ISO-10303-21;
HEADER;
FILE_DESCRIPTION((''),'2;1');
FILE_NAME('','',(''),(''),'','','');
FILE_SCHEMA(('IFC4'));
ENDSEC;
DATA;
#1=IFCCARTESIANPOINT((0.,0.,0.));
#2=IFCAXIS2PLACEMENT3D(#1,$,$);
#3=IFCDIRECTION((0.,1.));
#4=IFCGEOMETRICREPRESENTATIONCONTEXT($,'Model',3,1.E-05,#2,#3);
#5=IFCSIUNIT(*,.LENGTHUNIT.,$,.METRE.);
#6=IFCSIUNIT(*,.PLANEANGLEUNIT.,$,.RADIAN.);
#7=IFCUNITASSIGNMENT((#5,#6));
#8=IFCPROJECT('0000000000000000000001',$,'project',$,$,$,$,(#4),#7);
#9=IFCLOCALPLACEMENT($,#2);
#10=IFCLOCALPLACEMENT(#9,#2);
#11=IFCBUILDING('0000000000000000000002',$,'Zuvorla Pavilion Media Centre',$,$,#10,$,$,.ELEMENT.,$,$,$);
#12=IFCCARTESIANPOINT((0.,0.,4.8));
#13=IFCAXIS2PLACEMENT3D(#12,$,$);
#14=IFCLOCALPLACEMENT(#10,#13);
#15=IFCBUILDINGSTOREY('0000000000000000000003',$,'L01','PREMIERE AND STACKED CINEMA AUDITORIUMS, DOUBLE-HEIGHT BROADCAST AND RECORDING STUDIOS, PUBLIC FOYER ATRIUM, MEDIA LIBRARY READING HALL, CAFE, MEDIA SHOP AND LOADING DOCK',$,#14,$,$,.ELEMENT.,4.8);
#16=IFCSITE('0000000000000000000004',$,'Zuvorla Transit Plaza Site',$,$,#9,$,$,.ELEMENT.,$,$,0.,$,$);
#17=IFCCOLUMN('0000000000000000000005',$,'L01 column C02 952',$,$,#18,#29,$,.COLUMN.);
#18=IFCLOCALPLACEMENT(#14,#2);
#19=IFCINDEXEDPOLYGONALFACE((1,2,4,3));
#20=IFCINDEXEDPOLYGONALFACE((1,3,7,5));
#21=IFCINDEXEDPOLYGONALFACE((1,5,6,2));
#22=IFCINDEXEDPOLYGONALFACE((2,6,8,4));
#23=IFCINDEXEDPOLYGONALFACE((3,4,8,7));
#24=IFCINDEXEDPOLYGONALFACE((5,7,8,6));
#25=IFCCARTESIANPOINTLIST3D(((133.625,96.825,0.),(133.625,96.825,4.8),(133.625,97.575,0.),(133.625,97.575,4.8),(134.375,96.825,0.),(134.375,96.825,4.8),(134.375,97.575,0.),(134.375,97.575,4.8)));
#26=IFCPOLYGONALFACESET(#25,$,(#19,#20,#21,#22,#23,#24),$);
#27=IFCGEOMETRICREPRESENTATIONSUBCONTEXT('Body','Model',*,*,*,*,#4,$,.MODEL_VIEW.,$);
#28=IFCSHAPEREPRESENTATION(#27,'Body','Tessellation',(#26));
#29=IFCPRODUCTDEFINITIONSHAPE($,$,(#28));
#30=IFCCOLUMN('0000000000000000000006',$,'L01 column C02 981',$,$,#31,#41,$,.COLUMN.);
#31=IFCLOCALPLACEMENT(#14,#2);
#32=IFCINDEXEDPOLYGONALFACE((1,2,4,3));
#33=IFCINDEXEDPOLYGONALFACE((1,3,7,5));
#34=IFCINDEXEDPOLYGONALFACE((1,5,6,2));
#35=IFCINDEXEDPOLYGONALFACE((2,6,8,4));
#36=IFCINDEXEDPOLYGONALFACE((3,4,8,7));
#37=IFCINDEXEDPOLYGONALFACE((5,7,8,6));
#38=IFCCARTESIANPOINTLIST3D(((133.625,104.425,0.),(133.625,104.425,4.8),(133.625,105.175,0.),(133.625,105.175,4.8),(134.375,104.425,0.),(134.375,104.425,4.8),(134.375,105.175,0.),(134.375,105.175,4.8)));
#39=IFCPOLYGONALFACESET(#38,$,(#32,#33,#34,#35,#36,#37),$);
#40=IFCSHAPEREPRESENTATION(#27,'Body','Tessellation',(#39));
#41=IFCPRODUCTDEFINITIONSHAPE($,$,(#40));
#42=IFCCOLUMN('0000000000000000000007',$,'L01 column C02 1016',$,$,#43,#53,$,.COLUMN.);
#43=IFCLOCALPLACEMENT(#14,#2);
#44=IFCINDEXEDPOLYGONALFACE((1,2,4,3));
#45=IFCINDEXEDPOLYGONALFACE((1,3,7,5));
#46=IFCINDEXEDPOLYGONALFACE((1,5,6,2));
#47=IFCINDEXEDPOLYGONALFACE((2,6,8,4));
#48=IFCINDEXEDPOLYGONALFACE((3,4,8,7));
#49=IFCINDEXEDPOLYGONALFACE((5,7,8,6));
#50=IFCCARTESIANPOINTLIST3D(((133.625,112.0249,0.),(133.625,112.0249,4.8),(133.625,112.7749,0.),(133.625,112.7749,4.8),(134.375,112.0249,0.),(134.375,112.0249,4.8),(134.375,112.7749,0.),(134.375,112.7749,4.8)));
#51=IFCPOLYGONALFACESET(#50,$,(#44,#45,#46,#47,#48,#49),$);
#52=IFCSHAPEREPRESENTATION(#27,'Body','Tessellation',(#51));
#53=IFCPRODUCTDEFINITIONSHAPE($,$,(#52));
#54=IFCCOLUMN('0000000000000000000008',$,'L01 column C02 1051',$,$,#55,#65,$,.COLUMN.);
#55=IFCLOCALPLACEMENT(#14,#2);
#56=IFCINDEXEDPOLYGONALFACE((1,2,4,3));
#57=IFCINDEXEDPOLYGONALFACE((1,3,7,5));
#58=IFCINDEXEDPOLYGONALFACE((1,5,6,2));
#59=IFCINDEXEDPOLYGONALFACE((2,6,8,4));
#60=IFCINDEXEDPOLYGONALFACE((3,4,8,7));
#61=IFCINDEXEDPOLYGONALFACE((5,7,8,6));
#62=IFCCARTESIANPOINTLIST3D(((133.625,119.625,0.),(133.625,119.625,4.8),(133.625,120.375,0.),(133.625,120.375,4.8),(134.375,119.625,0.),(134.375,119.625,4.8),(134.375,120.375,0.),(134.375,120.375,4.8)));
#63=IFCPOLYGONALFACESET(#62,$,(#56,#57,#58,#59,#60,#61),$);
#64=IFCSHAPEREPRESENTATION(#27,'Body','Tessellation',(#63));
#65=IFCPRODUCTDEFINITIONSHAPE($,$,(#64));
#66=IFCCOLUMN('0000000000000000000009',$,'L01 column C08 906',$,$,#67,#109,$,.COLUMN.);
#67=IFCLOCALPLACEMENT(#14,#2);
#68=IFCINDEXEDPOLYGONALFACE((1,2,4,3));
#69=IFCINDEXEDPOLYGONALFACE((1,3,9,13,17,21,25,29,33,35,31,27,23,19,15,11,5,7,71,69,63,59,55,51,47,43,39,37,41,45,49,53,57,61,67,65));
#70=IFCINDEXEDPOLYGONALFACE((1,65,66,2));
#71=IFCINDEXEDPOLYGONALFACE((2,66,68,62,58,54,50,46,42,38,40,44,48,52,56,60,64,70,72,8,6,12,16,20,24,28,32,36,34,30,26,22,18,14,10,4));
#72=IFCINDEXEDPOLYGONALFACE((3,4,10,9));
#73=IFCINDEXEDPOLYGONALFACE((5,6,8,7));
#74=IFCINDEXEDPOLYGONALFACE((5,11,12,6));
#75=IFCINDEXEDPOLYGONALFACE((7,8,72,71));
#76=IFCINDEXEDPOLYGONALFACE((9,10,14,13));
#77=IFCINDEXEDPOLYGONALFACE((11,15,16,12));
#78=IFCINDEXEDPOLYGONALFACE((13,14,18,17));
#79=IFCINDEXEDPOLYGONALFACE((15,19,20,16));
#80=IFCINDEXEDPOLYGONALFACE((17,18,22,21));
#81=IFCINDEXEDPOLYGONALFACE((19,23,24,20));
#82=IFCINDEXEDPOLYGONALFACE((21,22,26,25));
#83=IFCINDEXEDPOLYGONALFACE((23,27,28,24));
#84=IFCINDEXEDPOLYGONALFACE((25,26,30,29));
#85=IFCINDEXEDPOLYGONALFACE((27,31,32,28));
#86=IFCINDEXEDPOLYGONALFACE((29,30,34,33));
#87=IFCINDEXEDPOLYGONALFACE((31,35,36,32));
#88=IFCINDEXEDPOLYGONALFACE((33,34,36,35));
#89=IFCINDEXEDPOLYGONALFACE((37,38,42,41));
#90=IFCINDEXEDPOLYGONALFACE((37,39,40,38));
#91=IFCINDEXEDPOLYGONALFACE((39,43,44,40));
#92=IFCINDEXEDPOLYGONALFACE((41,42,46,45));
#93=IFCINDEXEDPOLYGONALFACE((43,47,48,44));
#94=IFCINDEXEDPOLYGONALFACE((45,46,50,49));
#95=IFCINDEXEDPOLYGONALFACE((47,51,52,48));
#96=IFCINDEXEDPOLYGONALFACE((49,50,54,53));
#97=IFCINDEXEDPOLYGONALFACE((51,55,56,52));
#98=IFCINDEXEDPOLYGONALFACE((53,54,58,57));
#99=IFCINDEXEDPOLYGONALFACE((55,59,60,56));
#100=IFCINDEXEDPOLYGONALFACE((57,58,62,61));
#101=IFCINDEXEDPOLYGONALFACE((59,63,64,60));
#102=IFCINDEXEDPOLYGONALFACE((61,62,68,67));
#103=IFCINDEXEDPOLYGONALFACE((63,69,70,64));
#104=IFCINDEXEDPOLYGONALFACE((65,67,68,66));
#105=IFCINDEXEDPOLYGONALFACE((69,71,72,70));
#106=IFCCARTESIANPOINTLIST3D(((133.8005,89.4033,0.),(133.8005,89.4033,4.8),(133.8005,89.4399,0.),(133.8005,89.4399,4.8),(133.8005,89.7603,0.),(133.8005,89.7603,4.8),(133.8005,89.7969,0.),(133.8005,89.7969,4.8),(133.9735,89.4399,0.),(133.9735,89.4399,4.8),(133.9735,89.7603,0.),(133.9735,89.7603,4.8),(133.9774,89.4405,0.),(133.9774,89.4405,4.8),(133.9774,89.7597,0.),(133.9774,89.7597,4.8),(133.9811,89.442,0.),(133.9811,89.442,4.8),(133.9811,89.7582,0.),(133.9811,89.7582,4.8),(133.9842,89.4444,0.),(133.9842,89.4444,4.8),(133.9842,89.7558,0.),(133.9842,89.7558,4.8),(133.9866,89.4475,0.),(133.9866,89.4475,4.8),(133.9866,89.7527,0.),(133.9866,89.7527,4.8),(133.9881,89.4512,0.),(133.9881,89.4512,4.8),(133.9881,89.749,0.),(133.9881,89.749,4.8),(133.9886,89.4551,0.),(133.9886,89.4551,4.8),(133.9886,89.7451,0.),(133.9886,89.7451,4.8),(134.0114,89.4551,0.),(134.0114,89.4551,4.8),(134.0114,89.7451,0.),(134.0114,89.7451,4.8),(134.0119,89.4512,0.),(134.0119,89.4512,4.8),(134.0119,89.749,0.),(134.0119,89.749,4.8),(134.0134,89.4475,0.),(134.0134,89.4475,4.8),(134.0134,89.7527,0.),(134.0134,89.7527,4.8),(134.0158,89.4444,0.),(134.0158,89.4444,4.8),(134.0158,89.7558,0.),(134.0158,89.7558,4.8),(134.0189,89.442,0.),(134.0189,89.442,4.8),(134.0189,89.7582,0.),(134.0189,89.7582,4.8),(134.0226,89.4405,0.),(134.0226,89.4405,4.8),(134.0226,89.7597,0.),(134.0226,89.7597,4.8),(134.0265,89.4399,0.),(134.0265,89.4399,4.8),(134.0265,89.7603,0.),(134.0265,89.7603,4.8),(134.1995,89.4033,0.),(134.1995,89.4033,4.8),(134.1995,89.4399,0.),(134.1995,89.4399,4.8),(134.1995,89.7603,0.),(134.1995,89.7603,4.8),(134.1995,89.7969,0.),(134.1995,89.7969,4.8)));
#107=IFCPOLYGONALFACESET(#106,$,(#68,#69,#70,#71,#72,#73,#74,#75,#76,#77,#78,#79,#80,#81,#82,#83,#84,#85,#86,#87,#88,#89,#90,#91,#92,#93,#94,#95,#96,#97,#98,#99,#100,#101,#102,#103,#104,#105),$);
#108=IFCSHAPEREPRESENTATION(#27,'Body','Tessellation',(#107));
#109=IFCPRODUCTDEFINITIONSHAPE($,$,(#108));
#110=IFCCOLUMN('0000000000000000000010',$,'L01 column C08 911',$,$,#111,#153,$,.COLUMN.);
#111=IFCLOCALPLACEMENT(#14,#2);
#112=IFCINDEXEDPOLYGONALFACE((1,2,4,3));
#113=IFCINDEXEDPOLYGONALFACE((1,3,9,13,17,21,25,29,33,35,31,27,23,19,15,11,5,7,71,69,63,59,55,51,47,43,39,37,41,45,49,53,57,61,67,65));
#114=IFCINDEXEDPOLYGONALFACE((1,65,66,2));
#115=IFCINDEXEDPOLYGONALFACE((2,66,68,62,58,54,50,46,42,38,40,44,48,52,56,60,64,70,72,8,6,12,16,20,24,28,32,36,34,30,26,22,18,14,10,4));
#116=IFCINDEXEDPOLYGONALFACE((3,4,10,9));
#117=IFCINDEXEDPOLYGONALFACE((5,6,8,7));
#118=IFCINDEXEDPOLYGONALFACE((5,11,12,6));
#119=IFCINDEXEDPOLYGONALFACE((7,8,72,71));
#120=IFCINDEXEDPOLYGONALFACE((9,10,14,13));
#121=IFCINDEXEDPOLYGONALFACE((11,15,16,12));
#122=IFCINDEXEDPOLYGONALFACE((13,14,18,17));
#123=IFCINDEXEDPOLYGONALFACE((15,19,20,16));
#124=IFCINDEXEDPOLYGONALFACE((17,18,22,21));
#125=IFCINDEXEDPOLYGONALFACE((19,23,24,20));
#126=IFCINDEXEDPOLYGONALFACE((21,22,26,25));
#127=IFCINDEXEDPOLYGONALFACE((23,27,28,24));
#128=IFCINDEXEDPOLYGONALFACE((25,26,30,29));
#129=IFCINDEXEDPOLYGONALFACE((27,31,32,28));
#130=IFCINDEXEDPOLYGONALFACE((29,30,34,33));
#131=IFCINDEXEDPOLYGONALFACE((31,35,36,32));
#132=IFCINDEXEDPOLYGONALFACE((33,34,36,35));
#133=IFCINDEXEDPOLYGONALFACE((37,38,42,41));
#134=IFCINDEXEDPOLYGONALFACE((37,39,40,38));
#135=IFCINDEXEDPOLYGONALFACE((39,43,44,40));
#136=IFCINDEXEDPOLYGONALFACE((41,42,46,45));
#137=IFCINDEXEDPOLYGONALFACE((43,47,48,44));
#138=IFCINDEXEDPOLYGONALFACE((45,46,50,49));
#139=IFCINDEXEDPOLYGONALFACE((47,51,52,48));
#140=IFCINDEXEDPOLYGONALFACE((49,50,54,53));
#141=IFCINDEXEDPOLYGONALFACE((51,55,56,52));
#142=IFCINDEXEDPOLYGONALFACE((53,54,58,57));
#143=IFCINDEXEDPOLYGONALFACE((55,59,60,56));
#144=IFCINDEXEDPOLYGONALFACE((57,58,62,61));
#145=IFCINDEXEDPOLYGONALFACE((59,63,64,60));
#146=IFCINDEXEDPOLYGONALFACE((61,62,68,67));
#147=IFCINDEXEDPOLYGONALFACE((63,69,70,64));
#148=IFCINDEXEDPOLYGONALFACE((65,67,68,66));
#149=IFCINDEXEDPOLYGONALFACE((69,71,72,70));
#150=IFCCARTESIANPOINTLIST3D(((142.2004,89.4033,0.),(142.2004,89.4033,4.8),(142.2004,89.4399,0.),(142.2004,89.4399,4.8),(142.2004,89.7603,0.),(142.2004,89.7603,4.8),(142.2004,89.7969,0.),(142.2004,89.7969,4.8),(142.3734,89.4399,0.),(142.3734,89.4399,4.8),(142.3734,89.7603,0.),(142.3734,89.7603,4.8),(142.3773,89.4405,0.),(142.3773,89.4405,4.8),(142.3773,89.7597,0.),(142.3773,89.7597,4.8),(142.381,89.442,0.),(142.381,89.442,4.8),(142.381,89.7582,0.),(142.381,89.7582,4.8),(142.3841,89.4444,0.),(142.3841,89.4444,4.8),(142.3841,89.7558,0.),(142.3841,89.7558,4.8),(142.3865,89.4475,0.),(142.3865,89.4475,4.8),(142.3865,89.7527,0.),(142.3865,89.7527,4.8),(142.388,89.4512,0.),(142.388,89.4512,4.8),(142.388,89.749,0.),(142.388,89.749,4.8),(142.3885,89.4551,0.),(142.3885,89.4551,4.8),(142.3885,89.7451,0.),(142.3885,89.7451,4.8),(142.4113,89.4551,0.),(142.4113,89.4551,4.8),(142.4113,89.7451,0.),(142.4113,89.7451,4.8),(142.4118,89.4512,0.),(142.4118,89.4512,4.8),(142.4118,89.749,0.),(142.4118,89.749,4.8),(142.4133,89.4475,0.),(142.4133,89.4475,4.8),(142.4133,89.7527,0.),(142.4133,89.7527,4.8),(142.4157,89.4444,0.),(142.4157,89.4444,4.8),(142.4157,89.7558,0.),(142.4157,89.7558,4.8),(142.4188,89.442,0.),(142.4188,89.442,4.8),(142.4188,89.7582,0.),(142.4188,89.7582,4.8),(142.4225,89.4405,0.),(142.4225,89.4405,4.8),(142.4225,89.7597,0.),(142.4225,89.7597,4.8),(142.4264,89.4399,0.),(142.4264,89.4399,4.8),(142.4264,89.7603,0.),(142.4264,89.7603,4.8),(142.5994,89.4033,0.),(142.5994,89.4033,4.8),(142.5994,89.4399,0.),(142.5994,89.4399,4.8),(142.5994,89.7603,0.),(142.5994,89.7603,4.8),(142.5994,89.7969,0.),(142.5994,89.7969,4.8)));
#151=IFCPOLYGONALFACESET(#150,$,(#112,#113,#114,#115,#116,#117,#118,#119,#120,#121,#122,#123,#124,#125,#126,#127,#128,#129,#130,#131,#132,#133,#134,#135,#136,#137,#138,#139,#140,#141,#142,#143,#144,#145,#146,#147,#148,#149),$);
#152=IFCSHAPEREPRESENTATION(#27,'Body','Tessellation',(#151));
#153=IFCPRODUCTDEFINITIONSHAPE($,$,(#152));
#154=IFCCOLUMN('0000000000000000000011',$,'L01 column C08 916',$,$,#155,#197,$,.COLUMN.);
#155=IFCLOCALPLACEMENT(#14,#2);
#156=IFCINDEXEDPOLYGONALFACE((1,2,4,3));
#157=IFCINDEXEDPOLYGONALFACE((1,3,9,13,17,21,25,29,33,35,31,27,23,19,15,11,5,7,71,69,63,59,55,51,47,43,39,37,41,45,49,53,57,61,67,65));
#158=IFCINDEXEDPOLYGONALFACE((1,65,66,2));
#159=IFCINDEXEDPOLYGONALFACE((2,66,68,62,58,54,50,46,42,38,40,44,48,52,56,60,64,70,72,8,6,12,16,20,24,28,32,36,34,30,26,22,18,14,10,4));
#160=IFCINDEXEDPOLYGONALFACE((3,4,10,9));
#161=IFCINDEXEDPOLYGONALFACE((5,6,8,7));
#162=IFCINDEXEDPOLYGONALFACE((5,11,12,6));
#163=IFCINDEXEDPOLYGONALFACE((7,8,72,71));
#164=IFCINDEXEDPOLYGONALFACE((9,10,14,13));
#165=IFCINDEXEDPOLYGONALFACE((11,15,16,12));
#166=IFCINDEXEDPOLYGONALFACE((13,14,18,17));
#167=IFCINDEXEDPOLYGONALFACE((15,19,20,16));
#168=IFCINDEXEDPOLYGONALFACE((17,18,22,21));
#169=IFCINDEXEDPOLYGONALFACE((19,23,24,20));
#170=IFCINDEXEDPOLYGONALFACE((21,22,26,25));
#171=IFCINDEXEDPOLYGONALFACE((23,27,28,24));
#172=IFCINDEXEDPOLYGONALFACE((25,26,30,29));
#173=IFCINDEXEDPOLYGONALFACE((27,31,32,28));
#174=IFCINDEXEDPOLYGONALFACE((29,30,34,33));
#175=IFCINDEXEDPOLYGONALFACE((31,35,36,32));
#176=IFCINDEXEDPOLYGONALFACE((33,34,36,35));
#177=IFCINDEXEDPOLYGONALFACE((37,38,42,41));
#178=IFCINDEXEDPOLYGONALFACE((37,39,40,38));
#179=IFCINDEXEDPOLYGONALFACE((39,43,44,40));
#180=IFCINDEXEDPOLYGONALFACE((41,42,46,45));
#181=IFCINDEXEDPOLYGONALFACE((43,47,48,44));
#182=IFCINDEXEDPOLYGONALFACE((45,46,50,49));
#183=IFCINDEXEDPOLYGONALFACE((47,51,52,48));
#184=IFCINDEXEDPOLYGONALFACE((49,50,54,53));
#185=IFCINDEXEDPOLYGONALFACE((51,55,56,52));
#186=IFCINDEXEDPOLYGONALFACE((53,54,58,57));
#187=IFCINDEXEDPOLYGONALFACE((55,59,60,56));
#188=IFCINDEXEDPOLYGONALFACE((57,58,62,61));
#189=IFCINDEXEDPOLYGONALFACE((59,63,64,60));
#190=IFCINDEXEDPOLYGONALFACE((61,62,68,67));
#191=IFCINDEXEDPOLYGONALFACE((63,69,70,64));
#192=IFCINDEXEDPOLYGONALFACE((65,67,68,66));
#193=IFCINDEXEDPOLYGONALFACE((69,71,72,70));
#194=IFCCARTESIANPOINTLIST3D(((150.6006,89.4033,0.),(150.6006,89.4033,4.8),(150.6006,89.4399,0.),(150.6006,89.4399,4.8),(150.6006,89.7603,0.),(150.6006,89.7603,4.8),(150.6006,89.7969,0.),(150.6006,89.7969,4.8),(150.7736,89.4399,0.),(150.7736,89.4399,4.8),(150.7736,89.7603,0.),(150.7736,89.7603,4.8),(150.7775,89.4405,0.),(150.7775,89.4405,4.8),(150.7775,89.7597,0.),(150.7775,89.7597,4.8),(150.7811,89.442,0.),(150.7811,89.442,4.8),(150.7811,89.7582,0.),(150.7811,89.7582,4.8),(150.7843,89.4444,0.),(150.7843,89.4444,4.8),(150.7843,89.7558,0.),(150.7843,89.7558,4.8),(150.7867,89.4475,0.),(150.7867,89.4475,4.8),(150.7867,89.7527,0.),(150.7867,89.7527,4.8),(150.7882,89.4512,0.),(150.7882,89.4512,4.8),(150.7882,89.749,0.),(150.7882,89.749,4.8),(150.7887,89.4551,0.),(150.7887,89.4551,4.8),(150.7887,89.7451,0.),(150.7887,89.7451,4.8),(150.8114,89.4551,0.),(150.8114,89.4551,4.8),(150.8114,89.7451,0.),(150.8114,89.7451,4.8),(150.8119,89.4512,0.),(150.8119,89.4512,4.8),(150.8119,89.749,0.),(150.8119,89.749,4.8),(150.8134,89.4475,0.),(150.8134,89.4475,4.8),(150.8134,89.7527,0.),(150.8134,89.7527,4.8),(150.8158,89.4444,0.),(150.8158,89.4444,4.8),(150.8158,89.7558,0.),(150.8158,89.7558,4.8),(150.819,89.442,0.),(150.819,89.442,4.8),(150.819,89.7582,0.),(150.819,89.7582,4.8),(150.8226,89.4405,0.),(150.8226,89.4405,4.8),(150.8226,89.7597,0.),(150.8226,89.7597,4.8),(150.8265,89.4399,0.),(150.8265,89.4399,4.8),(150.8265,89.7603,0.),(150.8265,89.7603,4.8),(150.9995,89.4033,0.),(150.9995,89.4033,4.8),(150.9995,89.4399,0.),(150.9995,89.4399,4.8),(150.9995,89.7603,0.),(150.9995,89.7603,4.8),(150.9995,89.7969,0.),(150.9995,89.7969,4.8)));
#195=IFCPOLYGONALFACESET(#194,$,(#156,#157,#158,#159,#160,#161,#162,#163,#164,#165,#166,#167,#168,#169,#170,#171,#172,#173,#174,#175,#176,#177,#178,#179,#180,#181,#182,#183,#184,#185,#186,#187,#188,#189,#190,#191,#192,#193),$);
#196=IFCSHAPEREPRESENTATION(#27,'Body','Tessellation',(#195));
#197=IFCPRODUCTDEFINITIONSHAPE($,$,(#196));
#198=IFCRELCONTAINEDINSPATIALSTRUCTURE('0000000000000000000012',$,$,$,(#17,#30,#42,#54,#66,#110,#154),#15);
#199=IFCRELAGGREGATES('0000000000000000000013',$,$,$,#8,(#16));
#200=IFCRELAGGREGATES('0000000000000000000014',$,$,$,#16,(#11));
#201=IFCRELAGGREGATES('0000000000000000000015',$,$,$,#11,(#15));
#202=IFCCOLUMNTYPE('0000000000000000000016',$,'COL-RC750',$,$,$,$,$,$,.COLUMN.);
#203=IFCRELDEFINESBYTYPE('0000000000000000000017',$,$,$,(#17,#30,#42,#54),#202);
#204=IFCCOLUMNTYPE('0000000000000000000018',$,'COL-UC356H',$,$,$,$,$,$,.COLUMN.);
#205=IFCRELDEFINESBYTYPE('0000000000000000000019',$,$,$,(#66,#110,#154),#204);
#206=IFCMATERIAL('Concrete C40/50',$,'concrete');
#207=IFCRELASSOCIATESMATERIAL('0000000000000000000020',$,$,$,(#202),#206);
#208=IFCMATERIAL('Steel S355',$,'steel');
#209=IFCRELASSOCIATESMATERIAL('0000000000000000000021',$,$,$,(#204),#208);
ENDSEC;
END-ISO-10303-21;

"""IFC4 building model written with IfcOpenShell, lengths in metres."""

from ifc_helpers import new_model, si_unit, direction, frame, origin, origin_2d, place, context, subcontext, project, spatial, rectangle, i_section, extrude, material, material_profile, profile_set, type_object, element, save


model = new_model("IFC4")

# Units and contexts
model_context = context("Model", 3, precision=1e-05, world=origin(), true_north=direction((0.0, 1.0)))
body_context = subcontext(model_context, "Body", "Model", "MODEL_VIEW")
ifc_project = project(units=[si_unit("LENGTHUNIT", "METRE"), si_unit("PLANEANGLEUNIT", "RADIAN")], contexts=[model_context])

# Site, building, storey
site_placement = place(None, origin())
site = spatial("IfcSite", under=ifc_project, at=site_placement, Name="Zuvorla Transit Plaza Site", CompositionType="ELEMENT", RefElevation=0.0)
building_placement = place(site_placement, origin())
building = spatial("IfcBuilding", under=site, at=building_placement, Name="Zuvorla Pavilion Media Centre", CompositionType="ELEMENT")
storey_placement = place(building_placement, frame((0.0, 0.0, 4.8)))
storey = spatial("IfcBuildingStorey", under=building, at=storey_placement, Name="L01", Description="PREMIERE AND STACKED CINEMA AUDITORIUMS, DOUBLE-HEIGHT BROADCAST AND RECORDING STUDIOS, PUBLIC FOYER ATRIUM, MEDIA LIBRARY READING HALL, CAFE, MEDIA SHOP AND LOADING DOCK", CompositionType="ELEMENT", Elevation=4.8)

# Columns
ifc_material_1 = material(Name="Concrete C40/50", Category="concrete")
ifc_material_profile_1 = material_profile(ifc_material_1, rectangle(XDim=0.75, YDim=0.75, at=origin_2d()), Name="RC 750x750")
ifc_profile_set_1 = profile_set([ifc_material_profile_1], Name="Concrete C40/50")
column_type_1 = type_object("IfcColumnType", Name="COL-RC750", PredefinedType="COLUMN", material=ifc_profile_set_1)
for number, where, z_axis, x_axis, name in (
    (1, (134.0, 97.2, 0.0), (0.0, 0.0, 1.0), (1.0, 0.0, 0.0), "L01 column C02 952"),
    (2, (134.0, 104.8, 0.0), (0.0, 0.0, 1.0), (1.0, 0.0, 0.0), "L01 column C02 981"),
    (3, (134.0, 112.3999, 0.0), (0.0, 0.0, 1.0), (1.0, 0.0, 0.0), "L01 column C02 1016"),
    (4, (134.0, 120.0, 0.0), (0.0, 0.0, 1.0), (1.0, 0.0, 0.0), "L01 column C02 1051"),
):
    element("IfcColumn", number, at=place(storey_placement, frame(where, z_axis=z_axis, x_axis=x_axis)), inside=storey, type_object=column_type_1, Name=name, PredefinedType="COLUMN", context=body_context, shape_type="SweptSolid", body=[
        extrude(rectangle(XDim=0.75, YDim=0.75, at=origin_2d()), origin(), (0.0, 0.0, 1.0), 4.8),
    ])
ifc_material_2 = material(Name="Steel S355", Category="steel")
ifc_material_profile_2 = material_profile(ifc_material_2, i_section(OverallWidth=0.3989, OverallDepth=0.3936, WebThickness=0.0227, FlangeThickness=0.0366, FilletRadius=0.0151, at=origin_2d()), Name="UC 356x406x287")
ifc_profile_set_2 = profile_set([ifc_material_profile_2], Name="Steel S355")
column_type_2 = type_object("IfcColumnType", Name="COL-UC356H", PredefinedType="COLUMN", material=ifc_profile_set_2)
for number, where, z_axis, x_axis, name in (
    (5, (134.0, 89.6001, 0.0), (0.0, 0.0, 1.0), (1.0, 0.0, 0.0), "L01 column C08 906"),
    (6, (142.3999, 89.6001, 0.0), (0.0, 0.0, 1.0), (1.0, 0.0, 0.0), "L01 column C08 911"),
    (7, (150.8, 89.6001, 0.0), (0.0, 0.0, 1.0), (1.0, 0.0, 0.0), "L01 column C08 916"),
):
    element("IfcColumn", number, at=place(storey_placement, frame(where, z_axis=z_axis, x_axis=x_axis)), inside=storey, type_object=column_type_2, Name=name, PredefinedType="COLUMN", context=body_context, shape_type="SweptSolid", body=[
        extrude(i_section(OverallWidth=0.3989, OverallDepth=0.3936, WebThickness=0.0227, FlangeThickness=0.0366, FilletRadius=0.0151, at=origin_2d()), origin(), (0.0, 0.0, 1.0), 4.8),
    ])

save(model, "model.ifc")
